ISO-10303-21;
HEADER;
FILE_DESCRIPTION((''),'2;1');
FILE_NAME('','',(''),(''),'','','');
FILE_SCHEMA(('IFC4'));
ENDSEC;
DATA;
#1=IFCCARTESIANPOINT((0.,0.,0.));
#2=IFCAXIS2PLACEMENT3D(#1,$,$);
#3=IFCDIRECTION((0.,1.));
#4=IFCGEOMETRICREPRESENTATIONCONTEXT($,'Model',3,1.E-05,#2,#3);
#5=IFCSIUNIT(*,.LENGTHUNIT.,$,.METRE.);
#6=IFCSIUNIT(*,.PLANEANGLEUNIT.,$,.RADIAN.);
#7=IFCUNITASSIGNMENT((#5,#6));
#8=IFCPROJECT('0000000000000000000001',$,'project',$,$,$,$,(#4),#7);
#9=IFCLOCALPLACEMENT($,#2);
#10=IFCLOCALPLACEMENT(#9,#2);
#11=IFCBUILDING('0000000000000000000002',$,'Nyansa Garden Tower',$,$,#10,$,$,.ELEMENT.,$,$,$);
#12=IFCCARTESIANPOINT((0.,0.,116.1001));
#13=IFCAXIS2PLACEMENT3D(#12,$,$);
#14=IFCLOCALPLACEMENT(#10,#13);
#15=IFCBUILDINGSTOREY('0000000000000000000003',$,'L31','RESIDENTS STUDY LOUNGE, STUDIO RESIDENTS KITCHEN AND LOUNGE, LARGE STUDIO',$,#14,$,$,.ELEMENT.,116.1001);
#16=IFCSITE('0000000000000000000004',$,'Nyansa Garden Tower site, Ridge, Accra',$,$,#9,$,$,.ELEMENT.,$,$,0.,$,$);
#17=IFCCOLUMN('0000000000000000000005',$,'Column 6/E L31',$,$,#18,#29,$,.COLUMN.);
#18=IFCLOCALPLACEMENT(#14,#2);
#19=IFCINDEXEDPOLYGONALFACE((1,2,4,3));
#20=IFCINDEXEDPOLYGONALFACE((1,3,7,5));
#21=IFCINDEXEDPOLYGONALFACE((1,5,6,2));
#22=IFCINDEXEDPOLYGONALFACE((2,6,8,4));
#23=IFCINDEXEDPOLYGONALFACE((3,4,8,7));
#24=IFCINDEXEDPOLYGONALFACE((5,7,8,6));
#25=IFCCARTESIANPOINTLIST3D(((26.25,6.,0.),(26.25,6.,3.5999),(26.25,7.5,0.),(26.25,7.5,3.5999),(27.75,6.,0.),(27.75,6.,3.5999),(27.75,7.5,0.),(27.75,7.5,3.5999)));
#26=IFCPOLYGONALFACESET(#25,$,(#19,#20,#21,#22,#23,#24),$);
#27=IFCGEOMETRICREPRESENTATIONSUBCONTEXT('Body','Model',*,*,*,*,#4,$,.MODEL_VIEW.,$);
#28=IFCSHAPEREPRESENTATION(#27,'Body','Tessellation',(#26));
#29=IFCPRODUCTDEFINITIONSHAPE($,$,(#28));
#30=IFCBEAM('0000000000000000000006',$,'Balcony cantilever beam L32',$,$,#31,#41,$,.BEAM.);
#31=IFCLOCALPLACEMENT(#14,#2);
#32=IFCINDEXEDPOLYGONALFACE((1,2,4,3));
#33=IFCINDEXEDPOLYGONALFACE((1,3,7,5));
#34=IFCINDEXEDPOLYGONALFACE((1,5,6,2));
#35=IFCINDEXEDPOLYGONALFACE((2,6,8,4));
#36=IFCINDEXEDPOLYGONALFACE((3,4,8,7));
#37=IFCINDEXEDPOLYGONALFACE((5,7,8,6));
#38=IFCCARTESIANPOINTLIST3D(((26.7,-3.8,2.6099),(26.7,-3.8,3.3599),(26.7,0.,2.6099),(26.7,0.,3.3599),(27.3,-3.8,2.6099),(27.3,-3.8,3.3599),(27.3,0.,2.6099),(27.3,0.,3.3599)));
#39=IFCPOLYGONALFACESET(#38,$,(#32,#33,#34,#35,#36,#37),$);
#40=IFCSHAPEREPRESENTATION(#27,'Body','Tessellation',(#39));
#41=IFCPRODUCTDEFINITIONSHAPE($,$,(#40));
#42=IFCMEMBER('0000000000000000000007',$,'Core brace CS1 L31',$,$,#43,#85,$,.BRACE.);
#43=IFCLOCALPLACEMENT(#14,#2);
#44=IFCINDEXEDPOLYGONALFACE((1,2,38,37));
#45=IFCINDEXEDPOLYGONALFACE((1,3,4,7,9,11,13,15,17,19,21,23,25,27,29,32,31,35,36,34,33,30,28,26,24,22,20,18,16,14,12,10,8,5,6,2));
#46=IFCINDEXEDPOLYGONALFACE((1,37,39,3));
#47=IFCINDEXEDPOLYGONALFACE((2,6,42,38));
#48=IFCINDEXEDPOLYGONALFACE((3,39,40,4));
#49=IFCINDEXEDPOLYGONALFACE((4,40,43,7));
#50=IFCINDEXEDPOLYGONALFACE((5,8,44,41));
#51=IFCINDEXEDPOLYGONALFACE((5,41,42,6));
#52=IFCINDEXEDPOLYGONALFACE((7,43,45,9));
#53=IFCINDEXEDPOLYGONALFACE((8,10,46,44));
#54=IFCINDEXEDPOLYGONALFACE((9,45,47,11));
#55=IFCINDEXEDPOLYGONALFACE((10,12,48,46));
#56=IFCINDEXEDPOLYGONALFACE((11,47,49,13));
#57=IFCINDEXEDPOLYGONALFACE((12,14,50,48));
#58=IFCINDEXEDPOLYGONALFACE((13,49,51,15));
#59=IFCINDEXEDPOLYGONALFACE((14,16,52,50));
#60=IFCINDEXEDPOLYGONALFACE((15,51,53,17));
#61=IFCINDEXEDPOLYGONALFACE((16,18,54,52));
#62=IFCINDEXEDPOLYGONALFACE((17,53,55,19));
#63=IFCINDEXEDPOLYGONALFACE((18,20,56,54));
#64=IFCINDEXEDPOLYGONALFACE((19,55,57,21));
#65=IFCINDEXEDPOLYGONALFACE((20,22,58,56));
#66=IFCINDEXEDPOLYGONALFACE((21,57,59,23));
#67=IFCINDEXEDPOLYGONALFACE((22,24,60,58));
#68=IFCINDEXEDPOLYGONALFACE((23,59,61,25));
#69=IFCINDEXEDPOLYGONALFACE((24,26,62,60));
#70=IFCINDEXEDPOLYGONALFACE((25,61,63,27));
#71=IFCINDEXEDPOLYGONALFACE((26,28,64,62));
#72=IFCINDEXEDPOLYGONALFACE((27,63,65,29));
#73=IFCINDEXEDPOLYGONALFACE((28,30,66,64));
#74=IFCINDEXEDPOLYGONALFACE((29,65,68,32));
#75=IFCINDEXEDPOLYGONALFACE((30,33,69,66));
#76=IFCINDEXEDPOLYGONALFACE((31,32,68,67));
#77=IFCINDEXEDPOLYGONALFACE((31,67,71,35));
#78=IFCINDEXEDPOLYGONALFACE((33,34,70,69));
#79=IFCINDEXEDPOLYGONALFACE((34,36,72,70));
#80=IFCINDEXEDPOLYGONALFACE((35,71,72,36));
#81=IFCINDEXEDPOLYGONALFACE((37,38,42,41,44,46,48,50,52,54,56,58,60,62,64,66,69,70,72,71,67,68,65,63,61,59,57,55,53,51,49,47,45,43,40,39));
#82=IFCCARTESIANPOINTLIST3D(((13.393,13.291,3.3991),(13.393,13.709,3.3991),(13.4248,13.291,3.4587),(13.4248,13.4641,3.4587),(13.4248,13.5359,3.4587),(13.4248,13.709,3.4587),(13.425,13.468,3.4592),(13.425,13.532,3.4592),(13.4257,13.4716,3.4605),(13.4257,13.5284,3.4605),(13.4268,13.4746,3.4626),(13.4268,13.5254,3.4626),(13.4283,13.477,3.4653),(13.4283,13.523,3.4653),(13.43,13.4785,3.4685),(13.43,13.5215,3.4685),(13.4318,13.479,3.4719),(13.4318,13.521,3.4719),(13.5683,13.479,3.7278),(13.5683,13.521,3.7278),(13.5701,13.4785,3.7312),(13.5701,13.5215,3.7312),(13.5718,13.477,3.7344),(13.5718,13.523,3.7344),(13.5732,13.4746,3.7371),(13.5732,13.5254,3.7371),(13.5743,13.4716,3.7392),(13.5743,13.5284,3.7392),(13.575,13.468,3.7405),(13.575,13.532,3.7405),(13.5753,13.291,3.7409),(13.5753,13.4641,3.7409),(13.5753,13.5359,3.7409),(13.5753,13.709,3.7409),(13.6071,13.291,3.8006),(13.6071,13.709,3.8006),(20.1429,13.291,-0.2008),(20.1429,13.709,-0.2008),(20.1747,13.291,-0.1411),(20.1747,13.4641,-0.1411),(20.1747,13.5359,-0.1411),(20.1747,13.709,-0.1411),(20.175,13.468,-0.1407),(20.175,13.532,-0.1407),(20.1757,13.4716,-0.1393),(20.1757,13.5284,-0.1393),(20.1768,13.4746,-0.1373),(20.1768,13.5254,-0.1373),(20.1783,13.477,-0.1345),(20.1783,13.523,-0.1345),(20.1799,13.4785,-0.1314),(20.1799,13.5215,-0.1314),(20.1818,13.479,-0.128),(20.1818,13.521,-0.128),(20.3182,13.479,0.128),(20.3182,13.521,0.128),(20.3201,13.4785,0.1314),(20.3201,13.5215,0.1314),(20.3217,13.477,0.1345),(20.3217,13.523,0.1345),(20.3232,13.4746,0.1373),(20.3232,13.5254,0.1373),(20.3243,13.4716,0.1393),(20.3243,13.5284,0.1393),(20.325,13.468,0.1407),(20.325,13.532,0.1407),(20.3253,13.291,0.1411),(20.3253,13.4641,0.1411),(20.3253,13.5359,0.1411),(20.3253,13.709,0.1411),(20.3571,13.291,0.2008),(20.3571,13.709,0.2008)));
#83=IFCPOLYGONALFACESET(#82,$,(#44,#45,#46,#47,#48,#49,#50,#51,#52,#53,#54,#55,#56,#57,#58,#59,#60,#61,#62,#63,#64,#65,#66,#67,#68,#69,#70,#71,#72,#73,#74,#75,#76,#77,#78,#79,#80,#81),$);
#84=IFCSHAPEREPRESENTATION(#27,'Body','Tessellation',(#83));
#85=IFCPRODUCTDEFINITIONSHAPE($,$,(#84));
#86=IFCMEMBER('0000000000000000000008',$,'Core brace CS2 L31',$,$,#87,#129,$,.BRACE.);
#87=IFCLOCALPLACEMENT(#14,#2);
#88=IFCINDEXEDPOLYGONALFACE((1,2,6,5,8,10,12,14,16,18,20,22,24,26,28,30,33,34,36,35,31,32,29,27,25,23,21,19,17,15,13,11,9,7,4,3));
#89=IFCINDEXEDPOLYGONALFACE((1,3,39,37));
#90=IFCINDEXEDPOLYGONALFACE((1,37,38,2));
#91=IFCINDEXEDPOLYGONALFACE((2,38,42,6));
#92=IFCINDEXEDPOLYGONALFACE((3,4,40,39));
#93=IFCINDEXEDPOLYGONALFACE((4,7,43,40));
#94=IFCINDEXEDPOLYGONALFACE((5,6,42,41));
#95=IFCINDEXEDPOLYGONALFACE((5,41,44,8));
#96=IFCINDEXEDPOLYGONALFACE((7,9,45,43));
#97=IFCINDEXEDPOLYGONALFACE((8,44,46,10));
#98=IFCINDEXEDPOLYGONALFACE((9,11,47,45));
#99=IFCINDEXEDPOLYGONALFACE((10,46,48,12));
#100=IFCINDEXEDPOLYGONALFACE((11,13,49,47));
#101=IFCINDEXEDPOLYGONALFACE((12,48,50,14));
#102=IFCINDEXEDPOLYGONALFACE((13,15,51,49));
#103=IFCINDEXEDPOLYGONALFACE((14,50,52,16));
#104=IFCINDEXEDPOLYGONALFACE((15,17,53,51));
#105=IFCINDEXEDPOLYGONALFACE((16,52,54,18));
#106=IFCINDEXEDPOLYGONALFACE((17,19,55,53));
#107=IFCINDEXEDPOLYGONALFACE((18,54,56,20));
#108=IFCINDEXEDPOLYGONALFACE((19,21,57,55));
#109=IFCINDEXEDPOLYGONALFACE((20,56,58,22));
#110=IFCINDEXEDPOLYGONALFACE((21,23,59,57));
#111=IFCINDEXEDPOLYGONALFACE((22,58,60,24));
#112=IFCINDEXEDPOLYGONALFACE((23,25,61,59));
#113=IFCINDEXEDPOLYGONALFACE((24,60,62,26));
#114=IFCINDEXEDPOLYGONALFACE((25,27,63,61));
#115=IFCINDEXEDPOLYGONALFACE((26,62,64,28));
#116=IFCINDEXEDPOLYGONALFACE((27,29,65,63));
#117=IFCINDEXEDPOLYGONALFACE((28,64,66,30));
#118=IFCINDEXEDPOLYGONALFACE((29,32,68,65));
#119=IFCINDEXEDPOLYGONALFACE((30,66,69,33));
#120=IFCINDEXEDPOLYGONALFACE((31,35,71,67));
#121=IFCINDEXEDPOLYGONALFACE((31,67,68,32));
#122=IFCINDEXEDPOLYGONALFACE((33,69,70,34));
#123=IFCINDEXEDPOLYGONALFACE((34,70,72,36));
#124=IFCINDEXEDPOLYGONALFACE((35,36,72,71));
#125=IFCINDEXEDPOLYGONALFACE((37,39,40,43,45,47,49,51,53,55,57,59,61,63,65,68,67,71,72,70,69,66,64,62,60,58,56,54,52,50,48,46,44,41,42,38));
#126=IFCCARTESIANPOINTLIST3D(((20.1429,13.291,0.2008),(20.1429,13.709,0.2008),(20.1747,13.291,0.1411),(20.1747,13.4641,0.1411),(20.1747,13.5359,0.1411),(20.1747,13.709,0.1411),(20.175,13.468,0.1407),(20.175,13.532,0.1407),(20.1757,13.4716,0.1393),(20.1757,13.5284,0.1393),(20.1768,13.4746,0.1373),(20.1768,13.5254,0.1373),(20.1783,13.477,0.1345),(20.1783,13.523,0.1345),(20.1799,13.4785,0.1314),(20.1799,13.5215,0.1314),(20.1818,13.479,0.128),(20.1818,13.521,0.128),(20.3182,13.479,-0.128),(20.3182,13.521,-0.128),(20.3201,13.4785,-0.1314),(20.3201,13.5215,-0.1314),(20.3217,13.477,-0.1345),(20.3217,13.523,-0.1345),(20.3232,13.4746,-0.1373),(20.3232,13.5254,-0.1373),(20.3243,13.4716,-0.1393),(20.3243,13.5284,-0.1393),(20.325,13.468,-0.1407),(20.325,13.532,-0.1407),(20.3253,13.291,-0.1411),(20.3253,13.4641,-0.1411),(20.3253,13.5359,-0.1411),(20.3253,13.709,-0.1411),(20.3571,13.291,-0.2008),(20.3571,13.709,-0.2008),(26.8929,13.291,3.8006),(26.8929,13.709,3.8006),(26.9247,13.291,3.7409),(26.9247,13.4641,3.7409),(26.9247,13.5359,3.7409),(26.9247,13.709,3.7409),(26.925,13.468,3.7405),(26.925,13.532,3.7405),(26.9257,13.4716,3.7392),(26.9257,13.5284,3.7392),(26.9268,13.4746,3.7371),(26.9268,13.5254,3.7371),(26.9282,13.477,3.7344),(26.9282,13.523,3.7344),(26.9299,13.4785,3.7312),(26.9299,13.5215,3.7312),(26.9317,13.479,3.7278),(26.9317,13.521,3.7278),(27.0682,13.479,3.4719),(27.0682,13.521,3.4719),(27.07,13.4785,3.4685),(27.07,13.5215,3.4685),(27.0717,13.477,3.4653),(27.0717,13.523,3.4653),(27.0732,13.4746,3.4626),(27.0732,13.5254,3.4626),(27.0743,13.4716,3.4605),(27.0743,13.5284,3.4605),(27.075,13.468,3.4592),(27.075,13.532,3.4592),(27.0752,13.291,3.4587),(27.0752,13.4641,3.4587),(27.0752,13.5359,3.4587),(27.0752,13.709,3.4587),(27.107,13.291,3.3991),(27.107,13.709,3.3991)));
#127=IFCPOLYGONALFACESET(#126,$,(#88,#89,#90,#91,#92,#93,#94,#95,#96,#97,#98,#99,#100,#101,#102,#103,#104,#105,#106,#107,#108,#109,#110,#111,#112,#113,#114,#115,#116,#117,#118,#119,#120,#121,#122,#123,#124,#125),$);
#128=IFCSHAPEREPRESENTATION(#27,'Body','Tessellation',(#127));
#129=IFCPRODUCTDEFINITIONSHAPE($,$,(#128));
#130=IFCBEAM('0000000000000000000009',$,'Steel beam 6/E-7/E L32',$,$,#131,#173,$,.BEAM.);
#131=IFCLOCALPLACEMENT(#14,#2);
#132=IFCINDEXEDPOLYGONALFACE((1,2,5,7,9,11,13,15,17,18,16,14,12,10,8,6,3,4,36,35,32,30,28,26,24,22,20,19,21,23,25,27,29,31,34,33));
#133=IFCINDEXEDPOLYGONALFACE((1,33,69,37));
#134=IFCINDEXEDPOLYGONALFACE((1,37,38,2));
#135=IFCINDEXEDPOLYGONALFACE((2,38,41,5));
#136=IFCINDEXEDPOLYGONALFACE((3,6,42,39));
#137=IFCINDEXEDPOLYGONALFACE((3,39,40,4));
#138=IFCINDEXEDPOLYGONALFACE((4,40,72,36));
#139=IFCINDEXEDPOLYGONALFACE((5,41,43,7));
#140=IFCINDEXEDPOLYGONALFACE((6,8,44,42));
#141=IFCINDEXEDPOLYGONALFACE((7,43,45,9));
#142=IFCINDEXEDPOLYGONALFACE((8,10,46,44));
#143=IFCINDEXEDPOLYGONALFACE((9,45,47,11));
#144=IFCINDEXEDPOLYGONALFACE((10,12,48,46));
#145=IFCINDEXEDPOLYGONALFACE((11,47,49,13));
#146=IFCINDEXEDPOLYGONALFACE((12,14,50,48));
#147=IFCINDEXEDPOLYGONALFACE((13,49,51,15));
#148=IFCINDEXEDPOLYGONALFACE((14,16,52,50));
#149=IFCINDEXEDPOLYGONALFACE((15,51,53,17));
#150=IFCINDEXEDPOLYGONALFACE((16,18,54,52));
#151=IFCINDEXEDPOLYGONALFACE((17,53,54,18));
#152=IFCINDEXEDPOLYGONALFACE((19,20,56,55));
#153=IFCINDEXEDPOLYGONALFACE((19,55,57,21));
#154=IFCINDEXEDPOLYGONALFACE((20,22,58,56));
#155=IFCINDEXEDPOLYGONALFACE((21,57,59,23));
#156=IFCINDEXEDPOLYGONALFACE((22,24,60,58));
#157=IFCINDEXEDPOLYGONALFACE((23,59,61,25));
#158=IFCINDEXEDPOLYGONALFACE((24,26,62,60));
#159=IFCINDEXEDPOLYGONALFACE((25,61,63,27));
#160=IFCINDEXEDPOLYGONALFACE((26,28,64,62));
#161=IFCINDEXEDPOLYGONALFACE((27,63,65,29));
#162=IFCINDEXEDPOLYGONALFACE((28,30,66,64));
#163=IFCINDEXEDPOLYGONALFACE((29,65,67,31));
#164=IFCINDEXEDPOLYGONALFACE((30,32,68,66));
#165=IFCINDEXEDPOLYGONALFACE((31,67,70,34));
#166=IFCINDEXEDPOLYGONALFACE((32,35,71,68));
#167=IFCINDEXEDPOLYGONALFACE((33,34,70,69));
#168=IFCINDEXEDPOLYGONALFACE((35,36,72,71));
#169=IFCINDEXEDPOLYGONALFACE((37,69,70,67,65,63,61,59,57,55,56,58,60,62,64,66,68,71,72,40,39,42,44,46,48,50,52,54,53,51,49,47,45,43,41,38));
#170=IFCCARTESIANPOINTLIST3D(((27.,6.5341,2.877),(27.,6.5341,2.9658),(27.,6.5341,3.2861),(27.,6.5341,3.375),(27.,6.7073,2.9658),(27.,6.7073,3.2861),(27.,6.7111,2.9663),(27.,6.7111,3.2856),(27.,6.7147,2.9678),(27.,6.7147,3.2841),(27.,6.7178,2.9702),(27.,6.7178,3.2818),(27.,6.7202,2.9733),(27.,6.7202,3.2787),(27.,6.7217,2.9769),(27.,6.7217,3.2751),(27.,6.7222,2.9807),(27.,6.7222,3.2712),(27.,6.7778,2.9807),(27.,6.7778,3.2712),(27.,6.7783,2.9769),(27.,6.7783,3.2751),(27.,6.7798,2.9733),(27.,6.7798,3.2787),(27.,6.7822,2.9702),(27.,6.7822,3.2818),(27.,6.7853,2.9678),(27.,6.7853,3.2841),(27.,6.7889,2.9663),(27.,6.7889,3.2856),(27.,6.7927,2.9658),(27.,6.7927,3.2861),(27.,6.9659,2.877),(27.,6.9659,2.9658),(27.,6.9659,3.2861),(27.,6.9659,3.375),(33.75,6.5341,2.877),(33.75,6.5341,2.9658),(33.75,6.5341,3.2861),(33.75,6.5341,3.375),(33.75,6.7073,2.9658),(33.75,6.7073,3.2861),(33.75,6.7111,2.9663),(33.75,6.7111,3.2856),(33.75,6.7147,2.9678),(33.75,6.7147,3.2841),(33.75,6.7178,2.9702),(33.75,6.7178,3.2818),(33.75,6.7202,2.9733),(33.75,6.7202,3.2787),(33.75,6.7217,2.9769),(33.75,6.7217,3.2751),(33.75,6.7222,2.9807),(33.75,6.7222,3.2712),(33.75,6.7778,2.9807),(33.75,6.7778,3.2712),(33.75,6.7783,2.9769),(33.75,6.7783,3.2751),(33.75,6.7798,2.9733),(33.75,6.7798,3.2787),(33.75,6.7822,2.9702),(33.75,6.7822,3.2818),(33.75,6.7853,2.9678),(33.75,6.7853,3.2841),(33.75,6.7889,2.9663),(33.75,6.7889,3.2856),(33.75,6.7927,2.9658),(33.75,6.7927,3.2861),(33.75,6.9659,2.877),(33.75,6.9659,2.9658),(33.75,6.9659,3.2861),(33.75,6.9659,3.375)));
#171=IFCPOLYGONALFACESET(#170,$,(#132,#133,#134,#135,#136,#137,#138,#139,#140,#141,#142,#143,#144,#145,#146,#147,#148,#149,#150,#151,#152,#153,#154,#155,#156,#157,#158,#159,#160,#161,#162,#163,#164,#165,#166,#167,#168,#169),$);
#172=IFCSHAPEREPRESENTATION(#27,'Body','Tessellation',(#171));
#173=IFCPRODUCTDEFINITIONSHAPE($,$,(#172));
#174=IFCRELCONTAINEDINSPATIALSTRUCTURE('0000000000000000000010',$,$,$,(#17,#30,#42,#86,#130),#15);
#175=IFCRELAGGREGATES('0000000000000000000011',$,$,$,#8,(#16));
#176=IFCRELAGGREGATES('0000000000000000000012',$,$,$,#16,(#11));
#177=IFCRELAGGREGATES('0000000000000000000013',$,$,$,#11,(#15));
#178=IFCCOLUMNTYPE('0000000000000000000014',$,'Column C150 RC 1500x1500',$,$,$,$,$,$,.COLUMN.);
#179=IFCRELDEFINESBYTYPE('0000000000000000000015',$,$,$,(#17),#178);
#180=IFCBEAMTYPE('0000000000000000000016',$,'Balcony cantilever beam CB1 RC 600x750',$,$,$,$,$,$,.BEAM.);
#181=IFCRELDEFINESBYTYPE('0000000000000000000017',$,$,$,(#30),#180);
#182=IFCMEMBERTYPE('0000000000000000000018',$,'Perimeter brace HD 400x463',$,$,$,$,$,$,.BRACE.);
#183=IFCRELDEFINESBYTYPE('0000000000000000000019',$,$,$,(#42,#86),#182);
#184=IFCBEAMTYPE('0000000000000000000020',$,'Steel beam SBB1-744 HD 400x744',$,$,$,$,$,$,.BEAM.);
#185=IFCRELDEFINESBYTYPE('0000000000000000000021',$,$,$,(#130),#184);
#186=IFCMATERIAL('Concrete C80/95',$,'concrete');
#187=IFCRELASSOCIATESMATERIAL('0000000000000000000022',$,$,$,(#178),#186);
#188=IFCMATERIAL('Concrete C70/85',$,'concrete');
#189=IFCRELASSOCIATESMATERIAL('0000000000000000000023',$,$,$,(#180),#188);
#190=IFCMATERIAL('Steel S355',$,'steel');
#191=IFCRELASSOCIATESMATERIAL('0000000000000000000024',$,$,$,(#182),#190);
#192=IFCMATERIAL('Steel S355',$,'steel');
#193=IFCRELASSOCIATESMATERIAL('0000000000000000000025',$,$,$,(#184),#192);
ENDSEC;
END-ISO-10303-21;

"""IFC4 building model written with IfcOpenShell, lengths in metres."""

from ifc_helpers import new_model, si_unit, direction, frame, origin, origin_2d, place, context, subcontext, project, spatial, rectangle, i_section, extrude, material, material_profile, profile_set, type_object, element, save


model = new_model("IFC4")

# Units and contexts
model_context = context("Model", 3, precision=1e-05, world=origin(), true_north=direction((0.0, 1.0)))
body_context = subcontext(model_context, "Body", "Model", "MODEL_VIEW")
ifc_project = project(units=[si_unit("LENGTHUNIT", "METRE"), si_unit("PLANEANGLEUNIT", "RADIAN")], contexts=[model_context])

# Site, building, storey
site_placement = place(None, origin())
site = spatial("IfcSite", under=ifc_project, at=site_placement, Name="Nyansa Garden Tower site, Ridge, Accra", CompositionType="ELEMENT", RefElevation=0.0)
building_placement = place(site_placement, origin())
building = spatial("IfcBuilding", under=site, at=building_placement, Name="Nyansa Garden Tower", CompositionType="ELEMENT")
storey_placement = place(building_placement, frame((0.0, 0.0, 116.1001)))
storey = spatial("IfcBuildingStorey", under=building, at=storey_placement, Name="L31", Description="RESIDENTS STUDY LOUNGE, STUDIO RESIDENTS KITCHEN AND LOUNGE, LARGE STUDIO", CompositionType="ELEMENT", Elevation=116.1001)

# Column
ifc_material_1 = material(Name="Concrete C80/95", Category="concrete")
ifc_material_profile_1 = material_profile(ifc_material_1, rectangle(XDim=1.5, YDim=1.5, at=origin_2d()), Name="RC 1500x1500")
ifc_profile_set_1 = profile_set([ifc_material_profile_1], Name="Concrete C80/95")
column_type = type_object("IfcColumnType", Name="Column C150 RC 1500x1500", PredefinedType="COLUMN", material=ifc_profile_set_1)
column_placement = place(storey_placement, frame((27.0, 6.75, 0.0), z_axis=(0.0, 0.0, 1.0), x_axis=(1.0, 0.0, 0.0)))
element("IfcColumn", 1, at=column_placement, inside=storey, type_object=column_type, Name="Column 6/E L31", PredefinedType="COLUMN", context=body_context, shape_type="SweptSolid", body=[
    extrude(rectangle(XDim=1.5, YDim=1.5, at=origin_2d()), origin(), (0.0, 0.0, 1.0), 3.5999),
])

# Beam
ifc_material_2 = material(Name="Concrete C70/85", Category="concrete")
ifc_material_profile_2 = material_profile(ifc_material_2, rectangle(XDim=0.6001, YDim=0.75, at=origin_2d()), Name="RC 600x750")
ifc_profile_set_2 = profile_set([ifc_material_profile_2], Name="Concrete C70/85")
beam_type_1 = type_object("IfcBeamType", Name="Balcony cantilever beam CB1 RC 600x750", PredefinedType="BEAM", material=ifc_profile_set_2)
beam_1_placement = place(storey_placement, frame((27.0, 0.0, 2.9849), z_axis=(0.0, -1.0, 0.0), x_axis=(1.0, 0.0, 0.0)))
element("IfcBeam", 2, at=beam_1_placement, inside=storey, type_object=beam_type_1, Name="Balcony cantilever beam L32", PredefinedType="BEAM", context=body_context, shape_type="SweptSolid", body=[
    extrude(rectangle(XDim=0.6001, YDim=0.75, at=origin_2d()), origin(), (0.0, 0.0, 1.0), 3.8),
])

# Members
ifc_material_3 = material(Name="Steel S355", Category="steel")
ifc_material_profile_3 = material_profile(ifc_material_3, i_section(OverallWidth=0.418, OverallDepth=0.4551, WebThickness=0.042, FlangeThickness=0.0676, FilletRadius=0.0149, at=origin_2d()), Name="HD 400x463")
ifc_profile_set_3 = profile_set([ifc_material_profile_3], Name="Steel S355")
member_type = type_object("IfcMemberType", Name="Perimeter brace HD 400x463", PredefinedType="BRACE", material=ifc_profile_set_3)
for number, where, z_axis, x_axis, name in (
    (3, (20.25, 13.5, 0.0), (-0.882361, 0.0, 0.470573), (0.0, -1.0, 0.0), "Core brace CS1 L31"),
    (4, (20.25, 13.5, 0.0), (0.882361, 0.0, 0.470573), (0.0, 1.0, 0.0), "Core brace CS2 L31"),
):
    element("IfcMember", number, at=place(storey_placement, frame(where, z_axis=z_axis, x_axis=x_axis)), inside=storey, type_object=member_type, Name=name, PredefinedType="BRACE", context=body_context, shape_type="SweptSolid", body=[
        extrude(i_section(OverallWidth=0.418, OverallDepth=0.4551, WebThickness=0.042, FlangeThickness=0.0676, FilletRadius=0.0149, at=origin_2d()), origin(), (0.0, 0.0, 1.0), 7.6499),
    ])

# Beam
ifc_material_4 = material(Name="Steel S355", Category="steel")
ifc_material_profile_4 = material_profile(ifc_material_4, i_section(OverallWidth=0.4319, OverallDepth=0.498, WebThickness=0.0557, FlangeThickness=0.0889, FilletRadius=0.0149, at=origin_2d()), Name="HD 400x744")
ifc_profile_set_4 = profile_set([ifc_material_profile_4], Name="Steel S355")
beam_type_2 = type_object("IfcBeamType", Name="Steel beam SBB1-744 HD 400x744", PredefinedType="BEAM", material=ifc_profile_set_4)
beam_2_placement = place(storey_placement, frame((27.0, 6.75, 3.126), z_axis=(1.0, 0.0, 0.0), x_axis=(0.0, 1.0, 0.0)))
element("IfcBeam", 5, at=beam_2_placement, inside=storey, type_object=beam_type_2, Name="Steel beam 6/E-7/E L32", PredefinedType="BEAM", context=body_context, shape_type="SweptSolid", body=[
    extrude(i_section(OverallWidth=0.4319, OverallDepth=0.498, WebThickness=0.0557, FlangeThickness=0.0889, FilletRadius=0.0149, at=origin_2d()), origin(), (0.0, 0.0, 1.0), 6.75),
])

save(model, "model.ifc")
